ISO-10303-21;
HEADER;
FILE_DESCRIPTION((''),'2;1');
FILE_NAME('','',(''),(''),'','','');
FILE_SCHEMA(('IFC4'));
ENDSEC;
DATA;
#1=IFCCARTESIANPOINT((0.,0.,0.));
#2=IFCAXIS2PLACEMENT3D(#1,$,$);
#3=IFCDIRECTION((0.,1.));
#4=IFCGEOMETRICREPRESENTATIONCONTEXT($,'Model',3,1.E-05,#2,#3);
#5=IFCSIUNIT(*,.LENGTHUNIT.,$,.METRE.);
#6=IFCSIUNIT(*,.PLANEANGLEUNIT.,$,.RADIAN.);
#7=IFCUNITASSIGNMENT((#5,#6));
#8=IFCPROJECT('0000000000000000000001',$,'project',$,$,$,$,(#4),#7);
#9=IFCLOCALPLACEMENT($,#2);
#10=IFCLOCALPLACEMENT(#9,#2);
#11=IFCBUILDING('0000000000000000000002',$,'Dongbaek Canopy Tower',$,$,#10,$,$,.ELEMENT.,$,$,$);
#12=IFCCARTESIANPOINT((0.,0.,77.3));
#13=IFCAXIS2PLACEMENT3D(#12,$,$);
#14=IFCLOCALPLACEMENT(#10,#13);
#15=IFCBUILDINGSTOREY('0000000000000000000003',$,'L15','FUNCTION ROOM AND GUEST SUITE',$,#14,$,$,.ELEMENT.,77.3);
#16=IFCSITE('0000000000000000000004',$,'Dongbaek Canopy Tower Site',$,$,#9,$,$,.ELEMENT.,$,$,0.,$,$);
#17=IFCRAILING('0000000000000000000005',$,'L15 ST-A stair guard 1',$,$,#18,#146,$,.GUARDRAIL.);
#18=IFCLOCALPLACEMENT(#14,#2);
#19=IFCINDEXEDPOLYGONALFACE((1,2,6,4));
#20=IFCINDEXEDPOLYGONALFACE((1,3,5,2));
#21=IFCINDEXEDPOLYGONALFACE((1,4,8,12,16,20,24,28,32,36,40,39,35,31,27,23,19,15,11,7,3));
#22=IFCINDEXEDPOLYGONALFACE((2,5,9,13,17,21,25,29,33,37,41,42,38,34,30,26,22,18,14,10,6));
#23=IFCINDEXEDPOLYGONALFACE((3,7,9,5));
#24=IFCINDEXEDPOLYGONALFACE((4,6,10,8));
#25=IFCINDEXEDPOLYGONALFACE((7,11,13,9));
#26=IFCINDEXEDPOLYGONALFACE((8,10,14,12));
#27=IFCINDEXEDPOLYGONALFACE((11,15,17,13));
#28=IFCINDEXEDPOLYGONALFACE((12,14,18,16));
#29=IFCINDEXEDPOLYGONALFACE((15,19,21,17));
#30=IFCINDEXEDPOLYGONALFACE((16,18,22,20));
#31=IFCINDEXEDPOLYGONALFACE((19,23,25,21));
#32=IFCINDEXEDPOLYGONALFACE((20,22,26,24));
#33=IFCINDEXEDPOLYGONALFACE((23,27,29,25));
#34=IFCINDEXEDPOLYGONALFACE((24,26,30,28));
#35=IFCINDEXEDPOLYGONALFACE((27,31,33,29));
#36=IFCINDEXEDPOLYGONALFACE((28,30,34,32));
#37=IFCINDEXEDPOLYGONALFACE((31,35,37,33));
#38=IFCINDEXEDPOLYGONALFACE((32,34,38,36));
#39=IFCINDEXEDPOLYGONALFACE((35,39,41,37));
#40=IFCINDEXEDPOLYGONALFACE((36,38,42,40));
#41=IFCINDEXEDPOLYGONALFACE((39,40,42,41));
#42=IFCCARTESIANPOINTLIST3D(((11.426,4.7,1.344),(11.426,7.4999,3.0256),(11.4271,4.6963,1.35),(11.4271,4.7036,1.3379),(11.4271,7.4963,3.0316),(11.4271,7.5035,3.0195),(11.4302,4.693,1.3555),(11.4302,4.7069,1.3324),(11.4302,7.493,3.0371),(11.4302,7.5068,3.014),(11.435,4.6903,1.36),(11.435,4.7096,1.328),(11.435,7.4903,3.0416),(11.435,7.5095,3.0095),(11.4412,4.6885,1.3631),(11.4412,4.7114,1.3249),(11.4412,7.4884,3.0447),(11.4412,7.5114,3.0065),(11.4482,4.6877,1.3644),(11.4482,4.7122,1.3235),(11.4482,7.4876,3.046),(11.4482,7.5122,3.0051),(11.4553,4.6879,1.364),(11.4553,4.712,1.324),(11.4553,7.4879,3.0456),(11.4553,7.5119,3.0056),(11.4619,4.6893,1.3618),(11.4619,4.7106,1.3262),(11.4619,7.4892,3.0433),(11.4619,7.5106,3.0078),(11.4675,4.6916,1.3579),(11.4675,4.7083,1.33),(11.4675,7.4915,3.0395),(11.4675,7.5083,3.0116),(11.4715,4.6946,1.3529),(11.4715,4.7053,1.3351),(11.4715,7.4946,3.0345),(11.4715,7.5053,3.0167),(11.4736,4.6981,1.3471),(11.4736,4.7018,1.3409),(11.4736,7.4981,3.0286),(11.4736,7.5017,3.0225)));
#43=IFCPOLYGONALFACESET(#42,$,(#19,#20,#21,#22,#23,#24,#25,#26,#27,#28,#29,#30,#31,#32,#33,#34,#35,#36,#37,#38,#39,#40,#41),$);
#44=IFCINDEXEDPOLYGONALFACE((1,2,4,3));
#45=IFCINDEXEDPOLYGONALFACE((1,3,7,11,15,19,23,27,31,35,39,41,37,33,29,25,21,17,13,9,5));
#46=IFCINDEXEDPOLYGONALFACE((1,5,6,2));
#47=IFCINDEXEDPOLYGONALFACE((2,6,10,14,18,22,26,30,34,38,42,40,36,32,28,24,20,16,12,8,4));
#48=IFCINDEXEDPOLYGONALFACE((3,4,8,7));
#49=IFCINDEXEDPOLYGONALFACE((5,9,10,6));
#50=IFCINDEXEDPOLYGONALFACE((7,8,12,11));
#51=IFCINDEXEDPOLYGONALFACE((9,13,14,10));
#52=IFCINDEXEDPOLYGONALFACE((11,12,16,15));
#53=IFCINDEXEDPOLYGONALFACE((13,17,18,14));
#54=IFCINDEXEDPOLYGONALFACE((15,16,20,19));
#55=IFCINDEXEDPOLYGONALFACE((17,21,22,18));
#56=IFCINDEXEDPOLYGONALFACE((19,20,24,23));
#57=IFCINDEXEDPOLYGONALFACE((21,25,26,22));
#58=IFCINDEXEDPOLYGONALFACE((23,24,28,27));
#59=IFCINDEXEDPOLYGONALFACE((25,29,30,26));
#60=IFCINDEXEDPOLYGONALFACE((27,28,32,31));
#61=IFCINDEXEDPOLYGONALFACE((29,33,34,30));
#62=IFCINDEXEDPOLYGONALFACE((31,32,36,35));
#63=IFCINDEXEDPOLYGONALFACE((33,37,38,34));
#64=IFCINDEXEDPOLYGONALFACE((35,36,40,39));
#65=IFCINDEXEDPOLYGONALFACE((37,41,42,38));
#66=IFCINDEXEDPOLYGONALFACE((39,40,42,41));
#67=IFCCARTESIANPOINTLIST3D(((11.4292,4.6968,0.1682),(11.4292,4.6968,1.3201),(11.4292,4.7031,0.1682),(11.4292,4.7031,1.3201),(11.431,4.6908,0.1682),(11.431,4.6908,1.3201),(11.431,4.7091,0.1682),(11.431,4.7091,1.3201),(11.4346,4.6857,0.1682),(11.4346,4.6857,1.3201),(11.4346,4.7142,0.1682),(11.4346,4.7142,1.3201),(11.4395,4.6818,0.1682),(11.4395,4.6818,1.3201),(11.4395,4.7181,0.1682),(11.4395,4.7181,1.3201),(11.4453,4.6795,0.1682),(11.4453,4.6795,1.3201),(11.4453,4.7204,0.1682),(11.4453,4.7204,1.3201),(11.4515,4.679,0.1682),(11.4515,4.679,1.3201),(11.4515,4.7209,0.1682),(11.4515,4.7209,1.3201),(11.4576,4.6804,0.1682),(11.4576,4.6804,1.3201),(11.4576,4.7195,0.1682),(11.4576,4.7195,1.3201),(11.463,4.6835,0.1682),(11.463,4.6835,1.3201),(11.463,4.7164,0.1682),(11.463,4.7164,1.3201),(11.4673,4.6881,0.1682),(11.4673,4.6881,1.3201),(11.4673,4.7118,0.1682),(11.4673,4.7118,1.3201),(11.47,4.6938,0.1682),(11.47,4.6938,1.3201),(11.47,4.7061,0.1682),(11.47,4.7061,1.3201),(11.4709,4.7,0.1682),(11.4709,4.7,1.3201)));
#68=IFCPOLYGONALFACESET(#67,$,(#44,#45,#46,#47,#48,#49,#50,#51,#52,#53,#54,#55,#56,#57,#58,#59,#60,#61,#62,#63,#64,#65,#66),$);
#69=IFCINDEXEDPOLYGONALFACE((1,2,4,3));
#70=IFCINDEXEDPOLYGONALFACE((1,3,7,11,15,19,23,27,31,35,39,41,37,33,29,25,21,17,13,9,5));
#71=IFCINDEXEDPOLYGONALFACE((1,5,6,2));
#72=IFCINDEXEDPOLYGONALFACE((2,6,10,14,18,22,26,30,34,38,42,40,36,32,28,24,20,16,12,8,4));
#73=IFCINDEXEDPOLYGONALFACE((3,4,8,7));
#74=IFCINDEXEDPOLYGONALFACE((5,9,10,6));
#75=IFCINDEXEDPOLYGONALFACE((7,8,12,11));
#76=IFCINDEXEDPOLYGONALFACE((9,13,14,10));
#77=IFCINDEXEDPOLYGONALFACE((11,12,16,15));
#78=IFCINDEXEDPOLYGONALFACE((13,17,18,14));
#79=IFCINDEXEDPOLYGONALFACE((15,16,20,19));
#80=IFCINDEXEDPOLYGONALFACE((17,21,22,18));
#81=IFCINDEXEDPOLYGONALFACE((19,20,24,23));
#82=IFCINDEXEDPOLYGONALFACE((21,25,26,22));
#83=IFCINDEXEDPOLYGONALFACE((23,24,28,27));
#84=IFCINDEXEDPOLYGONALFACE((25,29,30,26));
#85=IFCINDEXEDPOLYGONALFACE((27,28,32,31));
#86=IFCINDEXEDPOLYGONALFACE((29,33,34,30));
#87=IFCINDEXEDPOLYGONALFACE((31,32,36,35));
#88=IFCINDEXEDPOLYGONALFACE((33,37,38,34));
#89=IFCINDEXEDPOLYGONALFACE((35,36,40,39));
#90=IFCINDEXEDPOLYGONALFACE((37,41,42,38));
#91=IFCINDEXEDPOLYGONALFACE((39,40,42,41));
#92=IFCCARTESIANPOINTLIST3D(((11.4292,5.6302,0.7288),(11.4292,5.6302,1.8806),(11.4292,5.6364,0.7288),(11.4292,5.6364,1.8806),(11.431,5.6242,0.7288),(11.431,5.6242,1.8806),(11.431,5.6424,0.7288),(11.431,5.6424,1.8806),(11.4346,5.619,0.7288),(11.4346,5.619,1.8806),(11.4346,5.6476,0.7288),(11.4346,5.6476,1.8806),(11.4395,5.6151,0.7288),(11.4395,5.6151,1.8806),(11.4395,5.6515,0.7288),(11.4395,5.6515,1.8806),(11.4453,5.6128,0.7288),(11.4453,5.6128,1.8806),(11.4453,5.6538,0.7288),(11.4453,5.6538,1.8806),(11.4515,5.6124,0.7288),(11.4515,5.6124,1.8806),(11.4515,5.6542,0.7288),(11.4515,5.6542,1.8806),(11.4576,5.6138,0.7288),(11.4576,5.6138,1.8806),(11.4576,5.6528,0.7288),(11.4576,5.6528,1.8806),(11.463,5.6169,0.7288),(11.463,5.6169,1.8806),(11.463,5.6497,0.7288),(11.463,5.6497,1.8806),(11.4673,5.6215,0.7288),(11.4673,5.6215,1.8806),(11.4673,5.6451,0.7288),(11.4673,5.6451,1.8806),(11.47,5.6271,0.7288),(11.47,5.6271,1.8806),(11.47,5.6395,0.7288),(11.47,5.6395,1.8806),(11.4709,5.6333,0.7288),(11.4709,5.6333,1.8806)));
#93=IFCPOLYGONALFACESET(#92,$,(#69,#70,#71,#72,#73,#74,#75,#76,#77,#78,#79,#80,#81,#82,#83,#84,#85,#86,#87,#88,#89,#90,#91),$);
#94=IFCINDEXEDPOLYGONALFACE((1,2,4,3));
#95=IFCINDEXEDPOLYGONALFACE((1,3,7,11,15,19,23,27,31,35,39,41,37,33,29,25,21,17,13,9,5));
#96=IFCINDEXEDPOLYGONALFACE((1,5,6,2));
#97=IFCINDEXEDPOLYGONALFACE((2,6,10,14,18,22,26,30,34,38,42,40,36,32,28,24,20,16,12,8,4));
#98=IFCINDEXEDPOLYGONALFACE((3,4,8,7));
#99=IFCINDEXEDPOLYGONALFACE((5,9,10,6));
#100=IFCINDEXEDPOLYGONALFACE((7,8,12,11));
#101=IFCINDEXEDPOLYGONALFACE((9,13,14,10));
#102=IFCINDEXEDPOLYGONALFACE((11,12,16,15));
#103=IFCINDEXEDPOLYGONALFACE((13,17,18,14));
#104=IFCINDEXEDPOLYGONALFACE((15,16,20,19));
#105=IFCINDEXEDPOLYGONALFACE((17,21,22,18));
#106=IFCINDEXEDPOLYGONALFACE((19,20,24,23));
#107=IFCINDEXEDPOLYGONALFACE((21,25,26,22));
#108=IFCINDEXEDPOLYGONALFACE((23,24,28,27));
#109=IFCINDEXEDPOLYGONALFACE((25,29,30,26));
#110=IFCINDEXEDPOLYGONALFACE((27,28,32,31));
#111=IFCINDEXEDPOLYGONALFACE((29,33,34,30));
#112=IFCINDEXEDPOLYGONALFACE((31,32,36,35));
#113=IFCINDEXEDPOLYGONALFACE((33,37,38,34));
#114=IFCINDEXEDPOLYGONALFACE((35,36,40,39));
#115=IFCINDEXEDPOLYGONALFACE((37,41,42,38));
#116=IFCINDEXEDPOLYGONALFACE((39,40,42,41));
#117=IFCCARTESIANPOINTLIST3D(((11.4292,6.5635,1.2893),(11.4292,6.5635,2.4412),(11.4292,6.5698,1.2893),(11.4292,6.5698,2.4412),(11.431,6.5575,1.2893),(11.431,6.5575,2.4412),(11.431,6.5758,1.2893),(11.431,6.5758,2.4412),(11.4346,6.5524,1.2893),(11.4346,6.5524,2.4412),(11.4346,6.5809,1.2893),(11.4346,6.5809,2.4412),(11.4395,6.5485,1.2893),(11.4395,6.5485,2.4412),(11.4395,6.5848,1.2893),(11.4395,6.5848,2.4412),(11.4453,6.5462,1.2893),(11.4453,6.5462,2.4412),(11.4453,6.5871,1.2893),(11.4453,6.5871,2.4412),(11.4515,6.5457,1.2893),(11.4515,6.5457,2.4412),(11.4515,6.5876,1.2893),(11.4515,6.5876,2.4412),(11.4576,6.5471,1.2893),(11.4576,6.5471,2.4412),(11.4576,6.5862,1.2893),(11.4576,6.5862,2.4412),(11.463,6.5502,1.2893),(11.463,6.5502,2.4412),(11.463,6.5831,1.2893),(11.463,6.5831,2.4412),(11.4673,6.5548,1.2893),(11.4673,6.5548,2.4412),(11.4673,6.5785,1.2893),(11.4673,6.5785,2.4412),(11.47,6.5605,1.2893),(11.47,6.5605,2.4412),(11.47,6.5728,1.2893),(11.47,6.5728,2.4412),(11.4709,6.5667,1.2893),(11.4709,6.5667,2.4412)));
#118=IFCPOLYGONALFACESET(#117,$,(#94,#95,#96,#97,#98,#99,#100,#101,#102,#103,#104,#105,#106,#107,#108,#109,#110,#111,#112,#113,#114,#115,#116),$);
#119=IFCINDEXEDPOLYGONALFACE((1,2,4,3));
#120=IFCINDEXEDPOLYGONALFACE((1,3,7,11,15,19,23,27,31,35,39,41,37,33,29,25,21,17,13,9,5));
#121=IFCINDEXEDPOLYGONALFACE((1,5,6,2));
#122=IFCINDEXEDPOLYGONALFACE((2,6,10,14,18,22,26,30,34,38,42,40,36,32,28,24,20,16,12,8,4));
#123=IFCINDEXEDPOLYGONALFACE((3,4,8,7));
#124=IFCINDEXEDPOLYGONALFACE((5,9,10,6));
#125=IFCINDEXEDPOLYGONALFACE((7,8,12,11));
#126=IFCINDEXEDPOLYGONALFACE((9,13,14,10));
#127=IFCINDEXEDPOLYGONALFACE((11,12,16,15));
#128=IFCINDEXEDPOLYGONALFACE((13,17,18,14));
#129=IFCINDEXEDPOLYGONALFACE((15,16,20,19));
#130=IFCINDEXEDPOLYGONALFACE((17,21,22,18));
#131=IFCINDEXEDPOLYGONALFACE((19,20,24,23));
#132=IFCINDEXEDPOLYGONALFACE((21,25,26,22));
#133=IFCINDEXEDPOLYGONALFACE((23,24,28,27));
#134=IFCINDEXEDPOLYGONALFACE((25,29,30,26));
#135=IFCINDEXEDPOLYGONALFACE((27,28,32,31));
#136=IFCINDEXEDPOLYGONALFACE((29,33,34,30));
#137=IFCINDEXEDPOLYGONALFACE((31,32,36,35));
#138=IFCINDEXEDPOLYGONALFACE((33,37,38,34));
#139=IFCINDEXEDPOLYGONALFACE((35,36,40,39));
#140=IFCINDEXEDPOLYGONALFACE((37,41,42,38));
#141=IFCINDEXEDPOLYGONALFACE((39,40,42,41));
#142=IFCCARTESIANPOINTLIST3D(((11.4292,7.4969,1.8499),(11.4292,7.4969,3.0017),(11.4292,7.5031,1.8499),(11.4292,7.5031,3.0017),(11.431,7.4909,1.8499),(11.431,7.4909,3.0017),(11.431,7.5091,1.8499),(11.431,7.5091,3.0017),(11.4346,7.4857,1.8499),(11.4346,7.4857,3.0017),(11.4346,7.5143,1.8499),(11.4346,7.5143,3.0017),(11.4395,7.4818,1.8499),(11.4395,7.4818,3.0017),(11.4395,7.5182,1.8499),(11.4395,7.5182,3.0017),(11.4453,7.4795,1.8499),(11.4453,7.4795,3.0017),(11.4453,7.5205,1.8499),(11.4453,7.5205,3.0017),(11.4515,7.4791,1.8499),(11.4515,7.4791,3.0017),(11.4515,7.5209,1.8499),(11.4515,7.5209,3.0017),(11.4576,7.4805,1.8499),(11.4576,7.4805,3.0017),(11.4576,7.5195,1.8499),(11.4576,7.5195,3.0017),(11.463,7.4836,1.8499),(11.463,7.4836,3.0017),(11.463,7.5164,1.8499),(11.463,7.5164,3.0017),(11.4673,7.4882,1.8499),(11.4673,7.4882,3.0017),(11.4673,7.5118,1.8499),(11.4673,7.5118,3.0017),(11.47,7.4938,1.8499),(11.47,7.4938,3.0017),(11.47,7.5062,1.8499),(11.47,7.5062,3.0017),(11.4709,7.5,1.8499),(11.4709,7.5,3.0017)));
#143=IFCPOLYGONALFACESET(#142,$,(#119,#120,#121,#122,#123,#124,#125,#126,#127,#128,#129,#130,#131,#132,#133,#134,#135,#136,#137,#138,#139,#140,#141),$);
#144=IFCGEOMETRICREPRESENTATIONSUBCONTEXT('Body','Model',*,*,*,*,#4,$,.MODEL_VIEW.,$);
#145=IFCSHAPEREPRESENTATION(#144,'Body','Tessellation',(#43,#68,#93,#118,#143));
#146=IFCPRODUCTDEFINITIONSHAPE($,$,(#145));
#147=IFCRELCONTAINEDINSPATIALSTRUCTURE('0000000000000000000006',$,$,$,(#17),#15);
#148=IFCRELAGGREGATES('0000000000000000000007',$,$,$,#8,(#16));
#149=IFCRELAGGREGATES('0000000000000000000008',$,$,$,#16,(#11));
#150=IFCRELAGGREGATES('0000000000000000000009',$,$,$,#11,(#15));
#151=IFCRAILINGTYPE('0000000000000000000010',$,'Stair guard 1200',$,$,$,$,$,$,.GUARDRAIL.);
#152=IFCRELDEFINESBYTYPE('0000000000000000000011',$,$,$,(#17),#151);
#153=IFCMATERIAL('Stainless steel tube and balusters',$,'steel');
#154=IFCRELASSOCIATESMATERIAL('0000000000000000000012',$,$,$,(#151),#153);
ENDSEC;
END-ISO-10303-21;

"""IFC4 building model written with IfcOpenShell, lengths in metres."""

from ifc_helpers import new_model, si_unit, direction, frame, origin, origin_2d, place, context, subcontext, project, spatial, circle, extrude, material, type_object, element, save


model = new_model("IFC4")

# Units and contexts
model_context = context("Model", 3, precision=1e-05, world=origin(), true_north=direction((0.0, 1.0)))
body_context = subcontext(model_context, "Body", "Model", "MODEL_VIEW")
ifc_project = project(units=[si_unit("LENGTHUNIT", "METRE"), si_unit("PLANEANGLEUNIT", "RADIAN")], contexts=[model_context])

# Site, building, storey
site_placement = place(None, origin())
site = spatial("IfcSite", under=ifc_project, at=site_placement, Name="Dongbaek Canopy Tower Site", CompositionType="ELEMENT", RefElevation=0.0)
building_placement = place(site_placement, origin())
building = spatial("IfcBuilding", under=site, at=building_placement, Name="Dongbaek Canopy Tower", CompositionType="ELEMENT")
storey_placement = place(building_placement, frame((0.0, 0.0, 77.3)))
storey = spatial("IfcBuildingStorey", under=building, at=storey_placement, Name="L15", Description="FUNCTION ROOM AND GUEST SUITE", CompositionType="ELEMENT", Elevation=77.3)

# Railing
ifc_material_1 = material(Name="Stainless steel tube and balusters", Category="steel")
railing_type_1 = type_object("IfcRailingType", Name="Stair guard 1200", PredefinedType="GUARDRAIL", material=ifc_material_1)
railing_1_placement = place(storey_placement, frame((11.45, 4.7, 0.1682)))
element("IfcRailing", 1, at=railing_1_placement, inside=storey, type_object=railing_type_1, Name="L15 ST-A stair guard 1", PredefinedType="GUARDRAIL", context=body_context, shape_type="SweptSolid", body=[
    extrude(circle(Radius=0.0239, at=origin_2d()), frame((0.0, 0.0, 1.1758), z_axis=(0.0, 0.857275, 0.514858), x_axis=(-1.0, 0.0, 0.0)), (0.0, 0.0, 1.0), 3.2661),
    extrude(circle(Radius=0.021, at=origin_2d()), origin(), (0.0, 0.0, 1.0), 1.1519),
    extrude(circle(Radius=0.021, at=origin_2d()), frame((0.0, 0.9333, 0.5605)), (0.0, 0.0, 1.0), 1.1519),
    extrude(circle(Radius=0.021, at=origin_2d()), frame((0.0, 1.8667, 1.1211)), (0.0, 0.0, 1.0), 1.1519),
    extrude(circle(Radius=0.021, at=origin_2d()), frame((0.0, 2.8, 1.6816)), (0.0, 0.0, 1.0), 1.1519),
])

save(model, "model.ifc")
